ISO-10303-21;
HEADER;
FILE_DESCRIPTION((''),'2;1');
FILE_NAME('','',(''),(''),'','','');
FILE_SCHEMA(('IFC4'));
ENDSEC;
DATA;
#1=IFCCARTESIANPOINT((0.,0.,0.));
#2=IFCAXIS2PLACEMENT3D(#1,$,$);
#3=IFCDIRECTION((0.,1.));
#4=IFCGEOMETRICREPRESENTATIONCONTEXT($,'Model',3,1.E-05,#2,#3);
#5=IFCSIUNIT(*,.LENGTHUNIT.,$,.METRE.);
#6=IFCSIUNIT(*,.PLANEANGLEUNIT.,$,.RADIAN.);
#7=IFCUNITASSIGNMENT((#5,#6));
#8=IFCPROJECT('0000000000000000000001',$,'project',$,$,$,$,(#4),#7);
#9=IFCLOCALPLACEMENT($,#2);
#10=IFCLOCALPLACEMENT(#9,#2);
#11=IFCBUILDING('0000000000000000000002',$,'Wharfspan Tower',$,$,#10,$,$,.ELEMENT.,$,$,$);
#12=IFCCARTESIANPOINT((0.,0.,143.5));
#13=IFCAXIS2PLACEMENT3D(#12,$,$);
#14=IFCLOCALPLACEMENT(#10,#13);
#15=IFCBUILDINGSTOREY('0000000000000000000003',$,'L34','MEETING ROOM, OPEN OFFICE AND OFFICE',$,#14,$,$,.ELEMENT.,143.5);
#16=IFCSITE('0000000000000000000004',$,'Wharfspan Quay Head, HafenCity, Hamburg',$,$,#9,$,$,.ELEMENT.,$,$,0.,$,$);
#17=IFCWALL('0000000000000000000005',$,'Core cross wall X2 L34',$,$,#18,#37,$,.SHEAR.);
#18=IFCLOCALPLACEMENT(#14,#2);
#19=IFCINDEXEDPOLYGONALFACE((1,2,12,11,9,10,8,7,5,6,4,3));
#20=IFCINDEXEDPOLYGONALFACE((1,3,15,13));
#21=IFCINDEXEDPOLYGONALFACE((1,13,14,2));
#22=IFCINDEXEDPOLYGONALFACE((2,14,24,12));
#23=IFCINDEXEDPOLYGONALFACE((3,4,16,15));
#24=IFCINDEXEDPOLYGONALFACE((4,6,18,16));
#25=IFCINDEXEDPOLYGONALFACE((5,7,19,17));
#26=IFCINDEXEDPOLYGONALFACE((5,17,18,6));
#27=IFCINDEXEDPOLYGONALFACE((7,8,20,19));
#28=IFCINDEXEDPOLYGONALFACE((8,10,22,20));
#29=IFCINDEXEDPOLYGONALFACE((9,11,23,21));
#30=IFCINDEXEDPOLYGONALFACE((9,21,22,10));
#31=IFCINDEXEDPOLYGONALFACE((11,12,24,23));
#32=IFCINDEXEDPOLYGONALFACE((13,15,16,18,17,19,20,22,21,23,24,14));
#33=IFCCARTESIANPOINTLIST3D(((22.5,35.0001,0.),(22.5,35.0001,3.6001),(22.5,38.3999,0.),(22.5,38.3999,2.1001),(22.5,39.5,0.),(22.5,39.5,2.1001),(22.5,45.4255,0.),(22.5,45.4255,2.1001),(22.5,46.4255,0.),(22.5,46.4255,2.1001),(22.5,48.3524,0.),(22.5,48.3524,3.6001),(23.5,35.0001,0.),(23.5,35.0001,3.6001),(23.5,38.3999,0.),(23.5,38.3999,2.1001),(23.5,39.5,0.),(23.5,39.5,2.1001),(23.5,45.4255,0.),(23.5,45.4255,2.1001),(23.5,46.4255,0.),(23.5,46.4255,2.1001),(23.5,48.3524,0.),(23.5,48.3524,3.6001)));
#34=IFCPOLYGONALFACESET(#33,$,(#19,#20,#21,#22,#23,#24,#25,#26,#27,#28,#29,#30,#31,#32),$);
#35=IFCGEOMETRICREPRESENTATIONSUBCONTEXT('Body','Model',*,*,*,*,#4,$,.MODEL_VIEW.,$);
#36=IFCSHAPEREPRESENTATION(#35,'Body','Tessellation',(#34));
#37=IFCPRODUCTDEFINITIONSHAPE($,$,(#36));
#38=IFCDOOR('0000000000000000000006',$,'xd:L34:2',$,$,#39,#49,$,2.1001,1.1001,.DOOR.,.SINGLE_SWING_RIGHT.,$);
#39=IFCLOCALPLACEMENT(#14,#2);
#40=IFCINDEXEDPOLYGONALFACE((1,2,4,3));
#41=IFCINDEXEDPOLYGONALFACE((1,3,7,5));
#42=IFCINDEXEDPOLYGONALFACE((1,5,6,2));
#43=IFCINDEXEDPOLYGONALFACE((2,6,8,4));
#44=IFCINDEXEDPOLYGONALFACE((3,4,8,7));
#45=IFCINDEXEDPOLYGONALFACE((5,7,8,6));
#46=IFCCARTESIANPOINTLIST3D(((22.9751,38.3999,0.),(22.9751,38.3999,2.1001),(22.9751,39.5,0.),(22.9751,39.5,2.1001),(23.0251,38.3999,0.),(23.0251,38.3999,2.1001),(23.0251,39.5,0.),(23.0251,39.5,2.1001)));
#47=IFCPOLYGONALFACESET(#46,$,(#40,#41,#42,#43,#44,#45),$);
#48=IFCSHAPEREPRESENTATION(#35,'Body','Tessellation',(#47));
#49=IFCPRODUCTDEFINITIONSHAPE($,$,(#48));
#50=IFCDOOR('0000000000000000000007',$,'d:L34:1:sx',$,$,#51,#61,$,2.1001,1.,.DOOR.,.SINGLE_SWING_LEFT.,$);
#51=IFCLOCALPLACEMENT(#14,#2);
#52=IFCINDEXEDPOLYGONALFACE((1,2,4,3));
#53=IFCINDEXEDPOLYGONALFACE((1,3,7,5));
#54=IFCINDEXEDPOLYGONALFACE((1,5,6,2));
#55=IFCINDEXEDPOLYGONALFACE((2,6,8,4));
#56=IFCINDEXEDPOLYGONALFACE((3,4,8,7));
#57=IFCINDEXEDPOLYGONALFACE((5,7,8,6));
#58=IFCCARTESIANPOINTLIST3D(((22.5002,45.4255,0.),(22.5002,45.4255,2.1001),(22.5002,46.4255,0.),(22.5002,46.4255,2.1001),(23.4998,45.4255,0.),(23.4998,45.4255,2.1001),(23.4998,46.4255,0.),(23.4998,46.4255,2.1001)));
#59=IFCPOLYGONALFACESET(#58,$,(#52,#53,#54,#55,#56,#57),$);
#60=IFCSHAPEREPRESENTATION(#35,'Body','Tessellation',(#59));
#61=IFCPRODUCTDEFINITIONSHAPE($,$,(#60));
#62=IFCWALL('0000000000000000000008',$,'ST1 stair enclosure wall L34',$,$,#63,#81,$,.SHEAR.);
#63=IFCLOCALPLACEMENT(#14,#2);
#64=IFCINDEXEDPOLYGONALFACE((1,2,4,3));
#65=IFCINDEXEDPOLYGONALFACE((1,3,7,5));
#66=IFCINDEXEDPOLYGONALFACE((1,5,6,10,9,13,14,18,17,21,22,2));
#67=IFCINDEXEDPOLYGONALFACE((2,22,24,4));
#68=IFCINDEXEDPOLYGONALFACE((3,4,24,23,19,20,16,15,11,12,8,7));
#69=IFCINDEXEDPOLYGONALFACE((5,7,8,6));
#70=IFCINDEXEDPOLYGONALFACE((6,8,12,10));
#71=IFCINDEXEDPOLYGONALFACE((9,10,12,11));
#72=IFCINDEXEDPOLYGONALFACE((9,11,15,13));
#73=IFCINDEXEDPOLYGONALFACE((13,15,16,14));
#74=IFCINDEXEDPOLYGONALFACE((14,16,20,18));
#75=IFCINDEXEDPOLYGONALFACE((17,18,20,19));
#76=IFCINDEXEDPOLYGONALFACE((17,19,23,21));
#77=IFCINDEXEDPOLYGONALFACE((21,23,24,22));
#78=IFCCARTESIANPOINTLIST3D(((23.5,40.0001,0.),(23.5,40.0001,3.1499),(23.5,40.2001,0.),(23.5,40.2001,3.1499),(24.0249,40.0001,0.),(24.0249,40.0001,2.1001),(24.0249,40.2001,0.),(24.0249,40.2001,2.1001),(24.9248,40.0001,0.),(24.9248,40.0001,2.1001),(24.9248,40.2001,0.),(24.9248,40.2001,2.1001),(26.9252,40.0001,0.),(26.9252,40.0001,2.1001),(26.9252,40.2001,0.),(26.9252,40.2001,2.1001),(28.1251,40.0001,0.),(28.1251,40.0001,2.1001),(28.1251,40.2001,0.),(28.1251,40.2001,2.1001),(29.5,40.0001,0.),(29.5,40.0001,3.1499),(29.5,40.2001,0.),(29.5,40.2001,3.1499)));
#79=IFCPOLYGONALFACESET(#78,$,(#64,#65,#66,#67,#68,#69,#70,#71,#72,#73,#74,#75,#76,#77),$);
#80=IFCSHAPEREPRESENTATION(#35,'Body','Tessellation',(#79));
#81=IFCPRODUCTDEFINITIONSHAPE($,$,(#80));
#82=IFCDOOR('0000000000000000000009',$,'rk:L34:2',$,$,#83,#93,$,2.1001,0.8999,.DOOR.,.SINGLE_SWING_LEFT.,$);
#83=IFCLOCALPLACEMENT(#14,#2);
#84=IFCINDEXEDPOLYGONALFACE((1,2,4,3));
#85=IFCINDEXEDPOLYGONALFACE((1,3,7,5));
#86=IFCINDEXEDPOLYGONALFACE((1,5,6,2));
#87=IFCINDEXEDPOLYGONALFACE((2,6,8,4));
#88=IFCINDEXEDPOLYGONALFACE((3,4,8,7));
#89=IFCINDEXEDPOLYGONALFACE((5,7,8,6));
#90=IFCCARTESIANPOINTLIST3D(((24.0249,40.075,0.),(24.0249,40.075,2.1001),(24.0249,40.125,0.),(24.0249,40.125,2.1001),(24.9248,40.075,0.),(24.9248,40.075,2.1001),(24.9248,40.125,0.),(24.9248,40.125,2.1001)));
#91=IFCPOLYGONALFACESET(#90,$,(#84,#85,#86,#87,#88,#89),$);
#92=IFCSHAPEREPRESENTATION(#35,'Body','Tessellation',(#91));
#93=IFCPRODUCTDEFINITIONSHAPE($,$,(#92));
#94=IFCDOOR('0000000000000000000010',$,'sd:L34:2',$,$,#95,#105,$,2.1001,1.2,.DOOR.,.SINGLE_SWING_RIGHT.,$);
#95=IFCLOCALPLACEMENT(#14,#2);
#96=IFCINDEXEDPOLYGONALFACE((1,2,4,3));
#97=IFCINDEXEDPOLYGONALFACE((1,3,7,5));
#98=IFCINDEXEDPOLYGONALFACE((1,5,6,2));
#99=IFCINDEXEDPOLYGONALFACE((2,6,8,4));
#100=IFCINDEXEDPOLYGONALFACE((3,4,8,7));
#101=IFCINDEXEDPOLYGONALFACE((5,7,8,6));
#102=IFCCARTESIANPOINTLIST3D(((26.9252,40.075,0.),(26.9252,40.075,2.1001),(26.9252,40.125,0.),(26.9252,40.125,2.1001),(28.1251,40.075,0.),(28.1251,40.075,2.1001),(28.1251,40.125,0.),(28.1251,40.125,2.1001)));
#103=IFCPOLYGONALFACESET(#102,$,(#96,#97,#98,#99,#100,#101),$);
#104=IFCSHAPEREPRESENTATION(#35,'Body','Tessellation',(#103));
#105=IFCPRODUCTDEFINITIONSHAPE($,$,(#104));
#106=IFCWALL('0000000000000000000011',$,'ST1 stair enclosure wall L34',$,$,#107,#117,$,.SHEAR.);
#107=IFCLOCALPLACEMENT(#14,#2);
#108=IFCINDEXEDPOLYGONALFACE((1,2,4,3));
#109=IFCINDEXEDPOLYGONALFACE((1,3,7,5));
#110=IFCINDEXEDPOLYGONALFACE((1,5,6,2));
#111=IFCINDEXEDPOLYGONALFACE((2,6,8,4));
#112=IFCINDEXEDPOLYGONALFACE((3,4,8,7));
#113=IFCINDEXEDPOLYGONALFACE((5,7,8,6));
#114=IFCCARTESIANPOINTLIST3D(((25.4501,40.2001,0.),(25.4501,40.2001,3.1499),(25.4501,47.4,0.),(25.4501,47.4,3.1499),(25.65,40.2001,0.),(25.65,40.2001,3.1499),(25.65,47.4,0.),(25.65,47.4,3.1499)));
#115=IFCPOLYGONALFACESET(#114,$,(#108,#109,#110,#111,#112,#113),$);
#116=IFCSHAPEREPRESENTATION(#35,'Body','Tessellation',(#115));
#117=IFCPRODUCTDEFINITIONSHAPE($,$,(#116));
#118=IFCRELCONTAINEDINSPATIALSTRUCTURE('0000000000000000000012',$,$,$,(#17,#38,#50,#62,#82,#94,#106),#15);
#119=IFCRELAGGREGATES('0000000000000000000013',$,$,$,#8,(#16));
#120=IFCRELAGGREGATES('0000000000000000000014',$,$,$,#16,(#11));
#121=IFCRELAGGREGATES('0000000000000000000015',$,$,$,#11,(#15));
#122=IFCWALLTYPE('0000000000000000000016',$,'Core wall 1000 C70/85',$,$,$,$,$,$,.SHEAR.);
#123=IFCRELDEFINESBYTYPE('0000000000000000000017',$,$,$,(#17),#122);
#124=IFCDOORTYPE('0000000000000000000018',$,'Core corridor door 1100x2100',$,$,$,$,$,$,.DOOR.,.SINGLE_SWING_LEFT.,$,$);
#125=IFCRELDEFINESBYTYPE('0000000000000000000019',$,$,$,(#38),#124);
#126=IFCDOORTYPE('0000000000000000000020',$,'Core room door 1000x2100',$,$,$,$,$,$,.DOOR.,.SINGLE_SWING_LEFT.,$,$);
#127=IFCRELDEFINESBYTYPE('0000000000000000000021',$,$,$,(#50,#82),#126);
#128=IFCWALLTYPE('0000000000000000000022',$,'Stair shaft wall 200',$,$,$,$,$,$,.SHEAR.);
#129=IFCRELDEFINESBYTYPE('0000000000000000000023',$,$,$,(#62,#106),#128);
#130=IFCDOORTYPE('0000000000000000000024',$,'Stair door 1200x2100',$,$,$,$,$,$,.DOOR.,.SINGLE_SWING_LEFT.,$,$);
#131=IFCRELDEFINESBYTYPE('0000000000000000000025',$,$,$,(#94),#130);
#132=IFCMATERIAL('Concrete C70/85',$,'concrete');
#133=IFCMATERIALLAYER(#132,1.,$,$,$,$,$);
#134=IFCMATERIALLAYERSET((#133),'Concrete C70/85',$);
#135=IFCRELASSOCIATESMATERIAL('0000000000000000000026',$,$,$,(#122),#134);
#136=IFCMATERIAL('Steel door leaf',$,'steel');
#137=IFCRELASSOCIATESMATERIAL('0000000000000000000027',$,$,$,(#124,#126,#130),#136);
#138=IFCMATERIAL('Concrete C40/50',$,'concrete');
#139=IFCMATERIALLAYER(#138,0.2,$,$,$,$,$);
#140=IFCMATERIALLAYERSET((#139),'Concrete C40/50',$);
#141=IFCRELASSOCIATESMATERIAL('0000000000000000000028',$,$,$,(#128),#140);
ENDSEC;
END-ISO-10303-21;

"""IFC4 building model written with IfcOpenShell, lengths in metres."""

from ifc_helpers import new_model, si_unit, direction, frame, frame_2d, origin, place, context, subcontext, project, spatial, rectangle, extrude, material, layer, layer_set, type_object, element, fill, save


model = new_model("IFC4")

# Units and contexts
model_context = context("Model", 3, precision=1e-05, world=origin(), true_north=direction((0.0, 1.0)))
body_context = subcontext(model_context, "Body", "Model", "MODEL_VIEW")
ifc_project = project(units=[si_unit("LENGTHUNIT", "METRE"), si_unit("PLANEANGLEUNIT", "RADIAN")], contexts=[model_context])

# Site, building, storey
site_placement = place(None, origin())
site = spatial("IfcSite", under=ifc_project, at=site_placement, Name="Wharfspan Quay Head, HafenCity, Hamburg", CompositionType="ELEMENT", RefElevation=0.0)
building_placement = place(site_placement, origin())
building = spatial("IfcBuilding", under=site, at=building_placement, Name="Wharfspan Tower", CompositionType="ELEMENT")
storey_placement = place(building_placement, frame((0.0, 0.0, 143.5)))
storey = spatial("IfcBuildingStorey", under=building, at=storey_placement, Name="L34", Description="MEETING ROOM, OPEN OFFICE AND OFFICE", CompositionType="ELEMENT", Elevation=143.5)

# Walls, openings, doors
ifc_material_1 = material(Name="Concrete C70/85", Category="concrete")
ifc_layer_1 = layer(ifc_material_1, 1.0)
ifc_layer_set_1 = layer_set([ifc_layer_1], Name="Concrete C70/85")
wall_type_1 = type_object("IfcWallType", Name="Core wall 1000 C70/85", PredefinedType="SHEAR", material=ifc_layer_set_1)
wall_1_placement = place(storey_placement, frame((23.0, 35.0, 0.0), z_axis=(0.0, 0.0, 1.0), x_axis=(0.0, 1.0, 0.0)))
wall_1 = element("IfcWall", 1, at=wall_1_placement, inside=storey, type_object=wall_type_1, Name="Core cross wall X2 L34", PredefinedType="SHEAR", context=body_context, shape_type="SweptSolid", body=[
    extrude(rectangle(XDim=13.3523, YDim=1.0, at=frame_2d((6.6763, 0.0))), origin(), (0.0, 0.0, 1.0), 3.6001),
])
opening_1_placement = place(wall_1_placement, frame((10.4255, 0.0, 0.0)))
opening_1 = element("IfcOpeningElement", 2, at=opening_1_placement, cuts=wall_1, PredefinedType="OPENING", context=body_context, shape_type="SweptSolid", body=[
    extrude(rectangle(XDim=1.0, YDim=2.1001, at=frame_2d((0.5, 1.05))), frame((0.0, 0.51, 0.0), z_axis=(0.0, -1.0, 0.0), x_axis=(1.0, 0.0, 0.0)), (0.0, 0.0, 1.0), 1.02),
])
opening_2_placement = place(wall_1_placement, frame((3.3999, 0.0, 0.0)))
opening_2 = element("IfcOpeningElement", 3, at=opening_2_placement, cuts=wall_1, PredefinedType="OPENING", context=body_context, shape_type="SweptSolid", body=[
    extrude(rectangle(XDim=1.1001, YDim=2.1001, at=frame_2d((0.55, 1.05))), frame((0.0, 0.51, 0.0), z_axis=(0.0, -1.0, 0.0), x_axis=(1.0, 0.0, 0.0)), (0.0, 0.0, 1.0), 1.02),
])
ifc_material_2 = material(Name="Steel door leaf", Category="steel")
door_type_1 = type_object("IfcDoorType", Name="Core corridor door 1100x2100", OperationType="SINGLE_SWING_LEFT", PredefinedType="DOOR", material=ifc_material_2)
door_1_placement = place(opening_2_placement, origin())
door_1 = element("IfcDoor", 4, at=door_1_placement, inside=storey, type_object=door_type_1, Name="xd:L34:2", OperationType="SINGLE_SWING_RIGHT", OverallHeight=2.1001, OverallWidth=1.1001, PredefinedType="DOOR", context=body_context, shape_type="SweptSolid", body=[
    extrude(rectangle(XDim=1.1001, YDim=2.1001, at=frame_2d((0.55, 1.05))), frame((0.0, 0.0249, 0.0), z_axis=(0.0, -1.0, 0.0), x_axis=(1.0, 0.0, 0.0)), (0.0, 0.0, 1.0), 0.05),
])
fill(opening_2, door_1)
door_type_2 = type_object("IfcDoorType", Name="Core room door 1000x2100", OperationType="SINGLE_SWING_LEFT", PredefinedType="DOOR", material=ifc_material_2)
door_2_placement = place(opening_1_placement, origin())
door_2 = element("IfcDoor", 5, at=door_2_placement, inside=storey, type_object=door_type_2, Name="d:L34:1:sx", OperationType="SINGLE_SWING_LEFT", OverallHeight=2.1001, OverallWidth=1.0, PredefinedType="DOOR", context=body_context, shape_type="SweptSolid", body=[
    extrude(rectangle(XDim=1.0, YDim=2.1001, at=frame_2d((0.5, 1.05))), frame((0.0, 0.4998, 0.0), z_axis=(0.0, -1.0, 0.0), x_axis=(1.0, 0.0, 0.0)), (0.0, 0.0, 1.0), 0.9995),
])
fill(opening_1, door_2)
ifc_material_3 = material(Name="Concrete C40/50", Category="concrete")
ifc_layer_2 = layer(ifc_material_3, 0.2)
ifc_layer_set_2 = layer_set([ifc_layer_2], Name="Concrete C40/50")
wall_type_2 = type_object("IfcWallType", Name="Stair shaft wall 200", PredefinedType="SHEAR", material=ifc_layer_set_2)
wall_2_placement = place(storey_placement, frame((23.5, 40.1001, 0.0), z_axis=(0.0, 0.0, 1.0), x_axis=(1.0, 0.0, 0.0)))
wall_2 = element("IfcWall", 6, at=wall_2_placement, inside=storey, type_object=wall_type_2, Name="ST1 stair enclosure wall L34", PredefinedType="SHEAR", context=body_context, shape_type="SweptSolid", body=[
    extrude(rectangle(XDim=6.0, YDim=0.2, at=frame_2d((3.0, 0.0))), origin(), (0.0, 0.0, 1.0), 3.1499),
])
opening_3_placement = place(wall_2_placement, frame((3.425, 0.0, 0.0)))
opening_3 = element("IfcOpeningElement", 7, at=opening_3_placement, cuts=wall_2, PredefinedType="OPENING", context=body_context, shape_type="SweptSolid", body=[
    extrude(rectangle(XDim=1.2, YDim=2.1001, at=frame_2d((0.6001, 1.05))), frame((0.0, 0.1099, 0.0), z_axis=(0.0, -1.0, 0.0), x_axis=(1.0, 0.0, 0.0)), (0.0, 0.0, 1.0), 0.22),
])
opening_4_placement = place(wall_2_placement, frame((0.5249, 0.0, 0.0)))
opening_4 = element("IfcOpeningElement", 8, at=opening_4_placement, cuts=wall_2, PredefinedType="OPENING", context=body_context, shape_type="SweptSolid", body=[
    extrude(rectangle(XDim=0.8999, YDim=2.1001, at=frame_2d((0.45, 1.05))), frame((0.0, 0.1099, 0.0), z_axis=(0.0, -1.0, 0.0), x_axis=(1.0, 0.0, 0.0)), (0.0, 0.0, 1.0), 0.22),
])
door_3_placement = place(opening_4_placement, origin())
door_3 = element("IfcDoor", 9, at=door_3_placement, inside=storey, type_object=door_type_2, Name="rk:L34:2", OperationType="SINGLE_SWING_LEFT", OverallHeight=2.1001, OverallWidth=0.8999, PredefinedType="DOOR", context=body_context, shape_type="SweptSolid", body=[
    extrude(rectangle(XDim=0.8999, YDim=2.1001, at=frame_2d((0.45, 1.05))), frame((0.0, 0.0249, 0.0), z_axis=(0.0, -1.0, 0.0), x_axis=(1.0, 0.0, 0.0)), (0.0, 0.0, 1.0), 0.05),
])
fill(opening_4, door_3)
door_type_3 = type_object("IfcDoorType", Name="Stair door 1200x2100", OperationType="SINGLE_SWING_LEFT", PredefinedType="DOOR", material=ifc_material_2)
door_4_placement = place(opening_3_placement, origin())
door_4 = element("IfcDoor", 10, at=door_4_placement, inside=storey, type_object=door_type_3, Name="sd:L34:2", OperationType="SINGLE_SWING_RIGHT", OverallHeight=2.1001, OverallWidth=1.2, PredefinedType="DOOR", context=body_context, shape_type="SweptSolid", body=[
    extrude(rectangle(XDim=1.2, YDim=2.1001, at=frame_2d((0.6001, 1.05))), frame((0.0, 0.0249, 0.0), z_axis=(0.0, -1.0, 0.0), x_axis=(1.0, 0.0, 0.0)), (0.0, 0.0, 1.0), 0.05),
])
fill(opening_3, door_4)

# Wall
wall_3_placement = place(storey_placement, frame((25.55, 40.2, 0.0), z_axis=(0.0, 0.0, 1.0), x_axis=(0.0, 1.0, 0.0)))
element("IfcWall", 11, at=wall_3_placement, inside=storey, type_object=wall_type_2, Name="ST1 stair enclosure wall L34", PredefinedType="SHEAR", context=body_context, shape_type="SweptSolid", body=[
    extrude(rectangle(XDim=7.2, YDim=0.2, at=frame_2d((3.6001, 0.0))), origin(), (0.0, 0.0, 1.0), 3.1499),
])

save(model, "model.ifc")
